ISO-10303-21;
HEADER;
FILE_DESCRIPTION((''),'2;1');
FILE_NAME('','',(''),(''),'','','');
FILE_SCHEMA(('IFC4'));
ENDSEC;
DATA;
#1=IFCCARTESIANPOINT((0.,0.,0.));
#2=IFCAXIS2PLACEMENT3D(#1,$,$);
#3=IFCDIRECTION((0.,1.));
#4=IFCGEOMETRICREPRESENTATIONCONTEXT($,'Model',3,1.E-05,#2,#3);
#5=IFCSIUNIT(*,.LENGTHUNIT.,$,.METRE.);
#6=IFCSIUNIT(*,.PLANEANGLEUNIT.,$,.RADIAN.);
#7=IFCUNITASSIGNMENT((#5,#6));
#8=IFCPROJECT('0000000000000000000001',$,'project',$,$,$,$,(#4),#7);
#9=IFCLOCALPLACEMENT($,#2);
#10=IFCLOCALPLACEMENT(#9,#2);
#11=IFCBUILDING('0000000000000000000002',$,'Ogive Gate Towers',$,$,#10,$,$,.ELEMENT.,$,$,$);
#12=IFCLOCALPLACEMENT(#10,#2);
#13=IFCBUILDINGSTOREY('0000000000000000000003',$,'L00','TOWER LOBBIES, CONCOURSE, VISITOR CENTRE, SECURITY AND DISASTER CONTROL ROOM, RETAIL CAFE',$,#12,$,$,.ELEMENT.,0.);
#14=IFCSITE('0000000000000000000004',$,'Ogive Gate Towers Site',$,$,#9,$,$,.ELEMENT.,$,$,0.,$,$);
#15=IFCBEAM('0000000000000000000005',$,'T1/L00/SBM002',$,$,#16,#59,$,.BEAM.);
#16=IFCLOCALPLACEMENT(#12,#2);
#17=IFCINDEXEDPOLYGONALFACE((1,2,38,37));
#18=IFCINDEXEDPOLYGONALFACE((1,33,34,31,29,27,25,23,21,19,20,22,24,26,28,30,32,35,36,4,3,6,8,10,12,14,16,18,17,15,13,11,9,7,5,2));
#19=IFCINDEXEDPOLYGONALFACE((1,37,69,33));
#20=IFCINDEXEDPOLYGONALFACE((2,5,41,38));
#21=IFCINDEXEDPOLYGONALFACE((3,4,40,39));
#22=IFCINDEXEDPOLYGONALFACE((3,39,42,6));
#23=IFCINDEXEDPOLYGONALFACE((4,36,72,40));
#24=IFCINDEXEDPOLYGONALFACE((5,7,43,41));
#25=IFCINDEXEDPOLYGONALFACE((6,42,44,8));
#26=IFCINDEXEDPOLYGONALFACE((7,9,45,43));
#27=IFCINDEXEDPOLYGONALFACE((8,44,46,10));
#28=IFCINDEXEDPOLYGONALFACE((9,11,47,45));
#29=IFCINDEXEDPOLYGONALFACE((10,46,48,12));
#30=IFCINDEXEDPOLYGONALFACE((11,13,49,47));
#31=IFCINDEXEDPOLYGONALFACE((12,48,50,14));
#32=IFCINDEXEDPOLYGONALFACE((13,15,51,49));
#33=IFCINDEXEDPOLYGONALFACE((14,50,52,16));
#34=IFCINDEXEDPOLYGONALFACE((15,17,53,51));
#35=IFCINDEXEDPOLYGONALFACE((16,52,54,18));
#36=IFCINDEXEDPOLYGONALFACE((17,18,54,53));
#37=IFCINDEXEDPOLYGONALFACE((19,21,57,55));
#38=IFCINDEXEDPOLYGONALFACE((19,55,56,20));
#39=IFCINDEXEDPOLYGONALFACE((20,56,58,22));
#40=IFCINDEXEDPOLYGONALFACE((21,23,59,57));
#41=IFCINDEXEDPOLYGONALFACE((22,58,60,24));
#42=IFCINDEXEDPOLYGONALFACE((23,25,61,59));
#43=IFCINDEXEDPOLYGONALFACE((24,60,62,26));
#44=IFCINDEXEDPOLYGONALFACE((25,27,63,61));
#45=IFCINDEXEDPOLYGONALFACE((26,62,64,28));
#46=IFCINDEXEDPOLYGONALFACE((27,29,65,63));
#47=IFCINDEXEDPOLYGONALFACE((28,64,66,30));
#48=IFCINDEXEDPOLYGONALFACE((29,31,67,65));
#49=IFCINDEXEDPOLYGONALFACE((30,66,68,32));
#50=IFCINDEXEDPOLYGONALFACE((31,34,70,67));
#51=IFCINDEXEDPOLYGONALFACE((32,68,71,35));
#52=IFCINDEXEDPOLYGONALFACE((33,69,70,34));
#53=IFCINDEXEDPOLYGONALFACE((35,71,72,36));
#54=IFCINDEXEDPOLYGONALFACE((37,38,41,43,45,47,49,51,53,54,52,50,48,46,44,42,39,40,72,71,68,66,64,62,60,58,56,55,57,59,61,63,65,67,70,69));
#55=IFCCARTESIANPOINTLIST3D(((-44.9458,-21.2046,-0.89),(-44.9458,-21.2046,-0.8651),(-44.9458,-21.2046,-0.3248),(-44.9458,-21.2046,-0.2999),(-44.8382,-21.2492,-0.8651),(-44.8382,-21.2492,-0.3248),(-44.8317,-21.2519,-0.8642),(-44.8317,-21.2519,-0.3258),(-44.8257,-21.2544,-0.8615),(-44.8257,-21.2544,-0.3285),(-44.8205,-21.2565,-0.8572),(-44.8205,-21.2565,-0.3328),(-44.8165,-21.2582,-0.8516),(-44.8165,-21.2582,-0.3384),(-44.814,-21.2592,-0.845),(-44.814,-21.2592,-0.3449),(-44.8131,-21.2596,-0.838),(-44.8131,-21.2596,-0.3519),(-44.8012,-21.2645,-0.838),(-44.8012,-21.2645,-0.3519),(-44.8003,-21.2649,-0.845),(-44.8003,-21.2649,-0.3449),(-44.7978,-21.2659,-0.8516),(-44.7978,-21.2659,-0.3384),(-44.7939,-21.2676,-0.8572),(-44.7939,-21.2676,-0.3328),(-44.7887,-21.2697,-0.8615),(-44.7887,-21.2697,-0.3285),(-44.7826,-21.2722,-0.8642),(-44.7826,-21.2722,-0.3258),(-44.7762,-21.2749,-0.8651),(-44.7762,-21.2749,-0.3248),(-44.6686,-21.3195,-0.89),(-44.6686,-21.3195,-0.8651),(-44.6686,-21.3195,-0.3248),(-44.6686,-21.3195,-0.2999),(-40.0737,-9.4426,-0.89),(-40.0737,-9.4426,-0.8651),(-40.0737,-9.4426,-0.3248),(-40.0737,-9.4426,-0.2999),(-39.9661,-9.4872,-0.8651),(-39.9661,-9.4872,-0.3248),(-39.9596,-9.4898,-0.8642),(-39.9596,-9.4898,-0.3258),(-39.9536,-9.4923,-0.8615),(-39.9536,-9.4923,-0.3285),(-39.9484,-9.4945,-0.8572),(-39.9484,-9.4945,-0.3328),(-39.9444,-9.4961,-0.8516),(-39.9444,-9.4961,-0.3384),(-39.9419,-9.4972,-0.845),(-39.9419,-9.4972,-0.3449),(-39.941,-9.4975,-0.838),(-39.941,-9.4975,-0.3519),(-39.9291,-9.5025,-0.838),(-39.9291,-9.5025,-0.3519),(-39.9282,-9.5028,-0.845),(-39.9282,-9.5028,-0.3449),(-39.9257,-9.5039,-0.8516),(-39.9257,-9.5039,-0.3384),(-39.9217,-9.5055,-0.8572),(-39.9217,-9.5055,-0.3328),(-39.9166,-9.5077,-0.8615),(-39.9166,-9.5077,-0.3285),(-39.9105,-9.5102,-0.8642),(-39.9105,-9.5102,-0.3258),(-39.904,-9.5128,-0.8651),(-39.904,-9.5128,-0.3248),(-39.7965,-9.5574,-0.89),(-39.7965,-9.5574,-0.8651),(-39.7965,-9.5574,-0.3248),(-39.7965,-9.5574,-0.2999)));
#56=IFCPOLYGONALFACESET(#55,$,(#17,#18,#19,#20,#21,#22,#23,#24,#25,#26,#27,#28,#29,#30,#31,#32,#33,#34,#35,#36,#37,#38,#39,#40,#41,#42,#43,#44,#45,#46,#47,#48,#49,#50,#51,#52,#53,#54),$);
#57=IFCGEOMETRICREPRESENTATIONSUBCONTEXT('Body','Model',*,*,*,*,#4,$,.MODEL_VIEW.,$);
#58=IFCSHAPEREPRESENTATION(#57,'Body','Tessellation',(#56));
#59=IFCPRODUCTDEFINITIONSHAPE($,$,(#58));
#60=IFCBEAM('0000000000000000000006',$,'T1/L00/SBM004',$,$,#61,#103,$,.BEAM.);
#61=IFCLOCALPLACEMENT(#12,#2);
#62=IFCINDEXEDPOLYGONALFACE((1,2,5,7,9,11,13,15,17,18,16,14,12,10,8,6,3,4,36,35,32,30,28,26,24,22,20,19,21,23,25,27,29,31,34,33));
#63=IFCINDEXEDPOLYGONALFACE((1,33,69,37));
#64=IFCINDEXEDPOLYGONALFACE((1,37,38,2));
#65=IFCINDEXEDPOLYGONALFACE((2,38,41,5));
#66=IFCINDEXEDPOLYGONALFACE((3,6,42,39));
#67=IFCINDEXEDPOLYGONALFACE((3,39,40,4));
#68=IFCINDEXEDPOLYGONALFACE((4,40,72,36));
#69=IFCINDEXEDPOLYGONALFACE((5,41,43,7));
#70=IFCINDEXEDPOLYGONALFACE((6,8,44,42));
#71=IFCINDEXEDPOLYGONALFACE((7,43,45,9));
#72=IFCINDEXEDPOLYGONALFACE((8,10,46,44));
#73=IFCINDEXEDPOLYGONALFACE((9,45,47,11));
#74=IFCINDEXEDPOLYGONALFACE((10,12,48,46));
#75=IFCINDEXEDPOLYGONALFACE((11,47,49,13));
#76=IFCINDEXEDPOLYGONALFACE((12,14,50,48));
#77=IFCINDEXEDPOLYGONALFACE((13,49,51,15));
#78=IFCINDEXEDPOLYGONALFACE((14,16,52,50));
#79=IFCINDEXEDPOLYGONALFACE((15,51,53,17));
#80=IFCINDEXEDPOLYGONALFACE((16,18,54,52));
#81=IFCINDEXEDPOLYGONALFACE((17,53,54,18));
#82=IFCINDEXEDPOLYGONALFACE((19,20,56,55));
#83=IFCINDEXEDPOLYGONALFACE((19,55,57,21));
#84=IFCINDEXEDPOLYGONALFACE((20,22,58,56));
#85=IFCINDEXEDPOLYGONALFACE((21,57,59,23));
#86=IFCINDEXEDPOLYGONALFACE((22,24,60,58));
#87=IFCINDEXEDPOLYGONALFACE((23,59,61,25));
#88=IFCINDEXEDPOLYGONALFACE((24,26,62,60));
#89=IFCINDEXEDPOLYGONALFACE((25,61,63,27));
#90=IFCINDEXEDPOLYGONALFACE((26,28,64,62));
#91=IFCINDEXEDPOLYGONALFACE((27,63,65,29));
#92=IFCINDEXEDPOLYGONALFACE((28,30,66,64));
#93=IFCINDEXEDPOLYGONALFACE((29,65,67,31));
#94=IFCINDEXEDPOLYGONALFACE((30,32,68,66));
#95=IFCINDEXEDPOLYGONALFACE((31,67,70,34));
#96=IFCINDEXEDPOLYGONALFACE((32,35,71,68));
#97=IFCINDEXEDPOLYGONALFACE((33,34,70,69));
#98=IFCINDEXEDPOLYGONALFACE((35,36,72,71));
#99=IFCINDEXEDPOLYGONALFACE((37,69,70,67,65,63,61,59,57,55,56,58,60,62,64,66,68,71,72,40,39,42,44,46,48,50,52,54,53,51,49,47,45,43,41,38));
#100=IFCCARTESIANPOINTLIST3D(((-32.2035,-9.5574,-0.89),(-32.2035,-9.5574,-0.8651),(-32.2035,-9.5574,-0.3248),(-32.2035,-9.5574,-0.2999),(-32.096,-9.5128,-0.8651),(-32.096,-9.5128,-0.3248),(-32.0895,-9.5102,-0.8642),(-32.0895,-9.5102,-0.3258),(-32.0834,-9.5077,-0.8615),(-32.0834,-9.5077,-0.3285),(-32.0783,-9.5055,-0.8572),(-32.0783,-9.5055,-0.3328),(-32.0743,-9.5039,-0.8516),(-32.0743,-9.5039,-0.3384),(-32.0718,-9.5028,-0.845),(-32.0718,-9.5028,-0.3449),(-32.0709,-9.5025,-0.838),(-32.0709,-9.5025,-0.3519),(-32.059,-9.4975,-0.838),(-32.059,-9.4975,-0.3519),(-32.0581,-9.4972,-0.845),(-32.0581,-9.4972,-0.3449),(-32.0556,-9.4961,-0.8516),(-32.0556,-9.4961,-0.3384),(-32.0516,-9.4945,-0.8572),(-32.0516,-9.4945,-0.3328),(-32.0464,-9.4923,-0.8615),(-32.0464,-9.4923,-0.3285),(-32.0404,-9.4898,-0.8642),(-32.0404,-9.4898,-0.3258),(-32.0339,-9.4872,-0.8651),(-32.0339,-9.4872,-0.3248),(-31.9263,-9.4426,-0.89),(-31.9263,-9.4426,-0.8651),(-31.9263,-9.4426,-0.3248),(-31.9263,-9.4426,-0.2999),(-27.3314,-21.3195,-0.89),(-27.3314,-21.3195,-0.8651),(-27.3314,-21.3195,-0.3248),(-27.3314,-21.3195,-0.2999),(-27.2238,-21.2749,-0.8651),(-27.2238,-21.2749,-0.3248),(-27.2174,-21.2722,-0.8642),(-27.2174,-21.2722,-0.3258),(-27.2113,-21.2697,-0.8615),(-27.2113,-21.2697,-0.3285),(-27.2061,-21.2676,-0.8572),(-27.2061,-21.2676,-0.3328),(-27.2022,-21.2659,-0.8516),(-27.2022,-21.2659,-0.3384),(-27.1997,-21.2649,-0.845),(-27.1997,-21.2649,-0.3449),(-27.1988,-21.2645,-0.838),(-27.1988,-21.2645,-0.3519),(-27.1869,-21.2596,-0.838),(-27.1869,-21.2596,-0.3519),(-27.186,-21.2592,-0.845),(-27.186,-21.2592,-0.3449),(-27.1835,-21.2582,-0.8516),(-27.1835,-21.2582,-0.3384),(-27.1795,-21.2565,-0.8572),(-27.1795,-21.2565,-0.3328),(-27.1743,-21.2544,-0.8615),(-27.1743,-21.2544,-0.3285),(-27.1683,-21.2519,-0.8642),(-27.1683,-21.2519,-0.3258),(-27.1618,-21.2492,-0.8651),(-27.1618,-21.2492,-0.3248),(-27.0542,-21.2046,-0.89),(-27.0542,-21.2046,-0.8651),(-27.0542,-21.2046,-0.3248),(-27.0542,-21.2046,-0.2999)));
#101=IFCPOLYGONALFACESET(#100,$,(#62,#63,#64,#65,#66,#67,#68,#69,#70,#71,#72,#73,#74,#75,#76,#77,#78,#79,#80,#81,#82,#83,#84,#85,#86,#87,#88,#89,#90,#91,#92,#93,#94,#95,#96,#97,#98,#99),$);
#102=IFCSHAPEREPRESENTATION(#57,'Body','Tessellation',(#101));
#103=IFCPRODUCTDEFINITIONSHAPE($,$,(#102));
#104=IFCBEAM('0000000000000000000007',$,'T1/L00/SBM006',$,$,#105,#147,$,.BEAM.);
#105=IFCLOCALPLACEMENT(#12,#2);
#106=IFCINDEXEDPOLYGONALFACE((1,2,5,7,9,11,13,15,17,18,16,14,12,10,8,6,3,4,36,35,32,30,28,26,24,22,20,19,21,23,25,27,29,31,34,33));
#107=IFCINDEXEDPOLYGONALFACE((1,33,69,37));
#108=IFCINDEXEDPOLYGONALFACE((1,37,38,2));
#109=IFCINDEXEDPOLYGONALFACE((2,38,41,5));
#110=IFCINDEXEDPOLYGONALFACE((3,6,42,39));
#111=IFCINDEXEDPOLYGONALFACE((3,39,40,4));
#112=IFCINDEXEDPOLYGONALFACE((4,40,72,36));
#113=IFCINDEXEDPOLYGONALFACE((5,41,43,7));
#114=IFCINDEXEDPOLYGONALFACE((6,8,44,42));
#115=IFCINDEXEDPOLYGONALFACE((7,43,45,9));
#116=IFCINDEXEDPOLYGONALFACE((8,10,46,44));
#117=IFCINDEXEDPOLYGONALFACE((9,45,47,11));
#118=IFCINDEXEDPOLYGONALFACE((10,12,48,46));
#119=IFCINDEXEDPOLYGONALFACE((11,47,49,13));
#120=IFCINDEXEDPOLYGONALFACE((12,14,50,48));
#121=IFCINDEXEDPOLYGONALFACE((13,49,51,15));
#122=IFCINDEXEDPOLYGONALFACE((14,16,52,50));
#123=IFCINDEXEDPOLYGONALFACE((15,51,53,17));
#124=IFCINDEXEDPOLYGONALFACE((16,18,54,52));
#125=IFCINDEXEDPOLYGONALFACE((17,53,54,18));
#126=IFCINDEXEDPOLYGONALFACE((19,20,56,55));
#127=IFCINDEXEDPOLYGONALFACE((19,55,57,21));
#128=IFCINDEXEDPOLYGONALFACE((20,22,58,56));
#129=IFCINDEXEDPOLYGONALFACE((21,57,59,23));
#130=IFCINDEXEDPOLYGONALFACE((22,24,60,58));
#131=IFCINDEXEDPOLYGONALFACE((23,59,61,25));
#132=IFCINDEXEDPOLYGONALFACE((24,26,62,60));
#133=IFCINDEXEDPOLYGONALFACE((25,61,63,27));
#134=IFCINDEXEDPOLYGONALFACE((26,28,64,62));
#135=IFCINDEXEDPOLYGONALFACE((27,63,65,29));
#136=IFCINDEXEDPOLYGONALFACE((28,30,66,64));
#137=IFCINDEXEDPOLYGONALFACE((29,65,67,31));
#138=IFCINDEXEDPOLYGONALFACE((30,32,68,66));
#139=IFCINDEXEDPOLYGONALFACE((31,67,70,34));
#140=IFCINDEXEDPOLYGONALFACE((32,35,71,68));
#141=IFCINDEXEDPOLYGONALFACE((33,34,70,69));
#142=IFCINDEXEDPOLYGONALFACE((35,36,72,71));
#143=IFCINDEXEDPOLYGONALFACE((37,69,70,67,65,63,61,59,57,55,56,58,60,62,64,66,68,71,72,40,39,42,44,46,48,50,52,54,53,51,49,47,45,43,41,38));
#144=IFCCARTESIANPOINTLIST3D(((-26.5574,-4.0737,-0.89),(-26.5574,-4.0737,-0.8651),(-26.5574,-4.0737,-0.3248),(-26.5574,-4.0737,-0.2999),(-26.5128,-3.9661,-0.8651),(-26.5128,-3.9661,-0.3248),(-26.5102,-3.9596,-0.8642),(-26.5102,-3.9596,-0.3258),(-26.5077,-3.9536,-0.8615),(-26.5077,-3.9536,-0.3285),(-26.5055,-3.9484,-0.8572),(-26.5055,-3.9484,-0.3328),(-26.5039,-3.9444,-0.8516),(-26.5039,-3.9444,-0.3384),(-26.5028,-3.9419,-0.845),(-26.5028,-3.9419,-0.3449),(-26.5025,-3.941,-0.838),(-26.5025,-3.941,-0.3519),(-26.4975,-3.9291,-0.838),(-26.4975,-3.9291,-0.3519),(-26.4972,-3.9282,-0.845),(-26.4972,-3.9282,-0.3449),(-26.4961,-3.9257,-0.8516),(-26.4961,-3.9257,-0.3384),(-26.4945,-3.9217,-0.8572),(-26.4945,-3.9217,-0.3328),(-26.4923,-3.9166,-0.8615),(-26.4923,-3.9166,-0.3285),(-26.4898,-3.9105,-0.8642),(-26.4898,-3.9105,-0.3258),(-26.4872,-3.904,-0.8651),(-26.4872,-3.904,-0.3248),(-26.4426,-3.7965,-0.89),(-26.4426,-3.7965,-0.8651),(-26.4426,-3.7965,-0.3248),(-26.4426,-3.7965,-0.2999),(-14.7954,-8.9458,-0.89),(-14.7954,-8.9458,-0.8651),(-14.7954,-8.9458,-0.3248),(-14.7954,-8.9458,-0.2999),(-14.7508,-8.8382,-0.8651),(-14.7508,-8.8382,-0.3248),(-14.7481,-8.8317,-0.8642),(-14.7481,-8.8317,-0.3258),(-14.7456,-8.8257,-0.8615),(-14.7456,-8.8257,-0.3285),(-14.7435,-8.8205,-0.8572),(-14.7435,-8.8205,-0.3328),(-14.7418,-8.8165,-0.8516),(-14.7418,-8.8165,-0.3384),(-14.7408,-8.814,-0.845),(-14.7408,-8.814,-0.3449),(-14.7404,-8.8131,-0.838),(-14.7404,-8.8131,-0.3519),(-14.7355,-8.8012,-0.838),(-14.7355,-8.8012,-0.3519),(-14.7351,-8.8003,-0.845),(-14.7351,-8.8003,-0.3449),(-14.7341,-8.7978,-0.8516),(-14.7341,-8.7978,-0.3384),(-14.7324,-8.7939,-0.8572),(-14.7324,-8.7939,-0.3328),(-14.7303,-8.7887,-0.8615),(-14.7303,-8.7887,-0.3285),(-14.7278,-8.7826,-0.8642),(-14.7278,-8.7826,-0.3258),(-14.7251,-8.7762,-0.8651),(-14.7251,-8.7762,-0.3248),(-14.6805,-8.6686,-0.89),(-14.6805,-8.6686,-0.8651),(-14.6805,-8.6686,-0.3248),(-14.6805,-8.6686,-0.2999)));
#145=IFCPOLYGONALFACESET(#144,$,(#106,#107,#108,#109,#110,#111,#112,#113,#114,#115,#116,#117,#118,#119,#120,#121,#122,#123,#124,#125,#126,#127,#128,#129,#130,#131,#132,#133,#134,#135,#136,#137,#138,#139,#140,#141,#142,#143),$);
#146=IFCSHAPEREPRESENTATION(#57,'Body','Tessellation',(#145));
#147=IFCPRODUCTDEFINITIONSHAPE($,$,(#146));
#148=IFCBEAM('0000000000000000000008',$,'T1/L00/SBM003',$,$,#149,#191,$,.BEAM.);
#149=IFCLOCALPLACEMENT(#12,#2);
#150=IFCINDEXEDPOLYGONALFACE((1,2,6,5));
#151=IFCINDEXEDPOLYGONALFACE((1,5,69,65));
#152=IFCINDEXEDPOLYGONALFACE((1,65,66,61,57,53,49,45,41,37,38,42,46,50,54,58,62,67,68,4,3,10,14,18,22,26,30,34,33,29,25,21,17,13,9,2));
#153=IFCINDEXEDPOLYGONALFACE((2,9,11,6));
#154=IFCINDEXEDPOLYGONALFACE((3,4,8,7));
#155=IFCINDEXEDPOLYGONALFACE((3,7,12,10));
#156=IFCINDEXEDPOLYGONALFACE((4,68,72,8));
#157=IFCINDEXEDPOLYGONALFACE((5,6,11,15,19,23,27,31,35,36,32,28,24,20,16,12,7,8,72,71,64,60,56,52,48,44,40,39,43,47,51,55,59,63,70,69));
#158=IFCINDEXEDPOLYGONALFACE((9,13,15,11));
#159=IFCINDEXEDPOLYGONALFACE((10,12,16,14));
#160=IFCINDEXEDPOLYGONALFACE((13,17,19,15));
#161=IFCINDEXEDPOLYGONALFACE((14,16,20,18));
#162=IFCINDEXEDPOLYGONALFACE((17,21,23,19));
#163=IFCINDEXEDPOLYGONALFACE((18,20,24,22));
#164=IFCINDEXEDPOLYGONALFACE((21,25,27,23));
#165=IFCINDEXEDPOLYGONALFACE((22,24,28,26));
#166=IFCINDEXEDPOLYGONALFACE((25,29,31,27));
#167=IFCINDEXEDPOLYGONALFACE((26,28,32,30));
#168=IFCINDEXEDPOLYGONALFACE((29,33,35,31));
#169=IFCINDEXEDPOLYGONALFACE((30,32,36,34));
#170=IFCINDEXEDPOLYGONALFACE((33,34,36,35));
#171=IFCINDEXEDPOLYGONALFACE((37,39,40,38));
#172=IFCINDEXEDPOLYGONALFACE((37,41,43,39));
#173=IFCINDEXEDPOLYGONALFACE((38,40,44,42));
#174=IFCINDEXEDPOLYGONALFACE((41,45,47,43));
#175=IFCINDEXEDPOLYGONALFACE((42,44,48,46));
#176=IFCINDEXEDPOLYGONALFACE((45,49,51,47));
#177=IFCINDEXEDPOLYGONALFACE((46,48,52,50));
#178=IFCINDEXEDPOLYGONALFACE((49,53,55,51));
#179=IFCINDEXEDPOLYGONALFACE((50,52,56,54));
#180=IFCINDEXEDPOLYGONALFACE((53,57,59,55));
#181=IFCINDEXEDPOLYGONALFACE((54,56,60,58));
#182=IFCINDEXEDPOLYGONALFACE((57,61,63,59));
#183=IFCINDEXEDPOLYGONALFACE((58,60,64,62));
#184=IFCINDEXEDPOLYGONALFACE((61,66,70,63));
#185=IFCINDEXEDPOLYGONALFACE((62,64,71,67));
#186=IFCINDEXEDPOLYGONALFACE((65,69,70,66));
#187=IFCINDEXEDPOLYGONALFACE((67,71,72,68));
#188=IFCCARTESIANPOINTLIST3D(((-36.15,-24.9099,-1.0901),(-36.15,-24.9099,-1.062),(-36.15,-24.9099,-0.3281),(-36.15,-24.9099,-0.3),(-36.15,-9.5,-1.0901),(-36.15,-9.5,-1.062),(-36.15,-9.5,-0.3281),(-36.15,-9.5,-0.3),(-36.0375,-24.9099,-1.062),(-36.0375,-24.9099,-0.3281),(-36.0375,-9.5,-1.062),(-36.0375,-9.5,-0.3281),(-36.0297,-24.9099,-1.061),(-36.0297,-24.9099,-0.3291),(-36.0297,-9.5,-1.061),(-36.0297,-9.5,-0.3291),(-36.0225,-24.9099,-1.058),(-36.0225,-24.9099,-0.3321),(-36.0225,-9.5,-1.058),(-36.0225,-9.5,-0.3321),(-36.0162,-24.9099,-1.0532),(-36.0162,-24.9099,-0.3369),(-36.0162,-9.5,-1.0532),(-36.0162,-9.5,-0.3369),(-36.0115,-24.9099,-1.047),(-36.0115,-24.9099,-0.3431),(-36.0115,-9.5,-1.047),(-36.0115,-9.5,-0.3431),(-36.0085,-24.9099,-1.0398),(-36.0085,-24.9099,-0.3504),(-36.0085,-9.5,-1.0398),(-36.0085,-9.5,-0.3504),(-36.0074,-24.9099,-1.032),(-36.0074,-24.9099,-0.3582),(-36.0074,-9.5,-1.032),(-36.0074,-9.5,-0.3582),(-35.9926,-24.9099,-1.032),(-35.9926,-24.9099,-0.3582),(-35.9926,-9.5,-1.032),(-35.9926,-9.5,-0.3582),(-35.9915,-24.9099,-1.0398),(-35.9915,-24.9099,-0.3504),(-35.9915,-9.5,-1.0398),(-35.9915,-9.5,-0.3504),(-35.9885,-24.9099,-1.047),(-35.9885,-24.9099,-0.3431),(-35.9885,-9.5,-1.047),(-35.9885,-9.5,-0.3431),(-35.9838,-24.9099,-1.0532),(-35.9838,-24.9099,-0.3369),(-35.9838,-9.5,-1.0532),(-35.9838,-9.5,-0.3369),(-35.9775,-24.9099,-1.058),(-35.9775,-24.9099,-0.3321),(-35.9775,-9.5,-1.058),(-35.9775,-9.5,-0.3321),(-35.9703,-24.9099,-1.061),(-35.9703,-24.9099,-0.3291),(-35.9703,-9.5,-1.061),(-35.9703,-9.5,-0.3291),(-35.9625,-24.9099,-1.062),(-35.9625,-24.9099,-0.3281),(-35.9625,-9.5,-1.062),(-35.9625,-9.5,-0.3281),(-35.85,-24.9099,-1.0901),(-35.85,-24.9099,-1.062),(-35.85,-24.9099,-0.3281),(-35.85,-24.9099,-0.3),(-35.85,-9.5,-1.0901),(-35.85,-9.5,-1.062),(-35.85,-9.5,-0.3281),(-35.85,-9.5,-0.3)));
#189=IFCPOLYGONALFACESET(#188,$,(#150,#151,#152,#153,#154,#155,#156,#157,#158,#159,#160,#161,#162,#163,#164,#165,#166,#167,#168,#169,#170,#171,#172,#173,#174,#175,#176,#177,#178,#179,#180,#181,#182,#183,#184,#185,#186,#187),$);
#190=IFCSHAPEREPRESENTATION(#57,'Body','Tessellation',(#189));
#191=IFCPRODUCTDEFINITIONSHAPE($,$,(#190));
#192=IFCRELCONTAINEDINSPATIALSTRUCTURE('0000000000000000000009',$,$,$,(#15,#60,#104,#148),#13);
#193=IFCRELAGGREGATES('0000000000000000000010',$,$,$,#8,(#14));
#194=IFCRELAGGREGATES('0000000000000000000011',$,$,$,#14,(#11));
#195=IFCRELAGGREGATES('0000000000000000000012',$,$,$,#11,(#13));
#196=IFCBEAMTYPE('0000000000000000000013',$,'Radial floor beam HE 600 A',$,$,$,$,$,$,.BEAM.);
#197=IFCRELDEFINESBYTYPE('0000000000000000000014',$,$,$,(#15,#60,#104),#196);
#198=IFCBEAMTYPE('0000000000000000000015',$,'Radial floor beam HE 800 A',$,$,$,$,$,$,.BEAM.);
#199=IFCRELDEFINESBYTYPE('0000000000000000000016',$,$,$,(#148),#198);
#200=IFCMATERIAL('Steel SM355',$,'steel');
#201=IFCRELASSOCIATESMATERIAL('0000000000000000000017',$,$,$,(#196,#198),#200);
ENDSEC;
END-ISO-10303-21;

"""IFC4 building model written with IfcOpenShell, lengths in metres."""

from ifc_helpers import new_model, si_unit, direction, frame, origin, origin_2d, place, context, subcontext, project, spatial, i_section, extrude, material, material_profile, profile_set, type_object, element, save


model = new_model("IFC4")

# Units and contexts
model_context = context("Model", 3, precision=1e-05, world=origin(), true_north=direction((0.0, 1.0)))
body_context = subcontext(model_context, "Body", "Model", "MODEL_VIEW")
ifc_project = project(units=[si_unit("LENGTHUNIT", "METRE"), si_unit("PLANEANGLEUNIT", "RADIAN")], contexts=[model_context])

# Site, building, storey
site_placement = place(None, origin())
site = spatial("IfcSite", under=ifc_project, at=site_placement, Name="Ogive Gate Towers Site", CompositionType="ELEMENT", RefElevation=0.0)
building_placement = place(site_placement, origin())
building = spatial("IfcBuilding", under=site, at=building_placement, Name="Ogive Gate Towers", CompositionType="ELEMENT")
storey_placement = place(building_placement, origin())
storey = spatial("IfcBuildingStorey", under=building, at=storey_placement, Name="L00", Description="TOWER LOBBIES, CONCOURSE, VISITOR CENTRE, SECURITY AND DISASTER CONTROL ROOM, RETAIL CAFE", CompositionType="ELEMENT", Elevation=0.0)

# Beams
ifc_material_1 = material(Name="Steel SM355", Category="steel")
ifc_material_profile_1 = material_profile(ifc_material_1, i_section(OverallWidth=0.3, OverallDepth=0.5901, WebThickness=0.0129, FlangeThickness=0.0249, FilletRadius=0.0271, at=origin_2d()), Name="HE 600 A")
ifc_profile_set_1 = profile_set([ifc_material_profile_1], Name="Steel SM355")
beam_type_1 = type_object("IfcBeamType", Name="Radial floor beam HE 600 A", PredefinedType="BEAM", material=ifc_profile_set_1)
for number, where, z_axis, x_axis, name in (
    (1, (-39.9351, -9.5, -0.595), (-0.382691, -0.923877, 0.0), (0.923877, -0.382691, 0.0), "T1/L00/SBM002"),
    (2, (-32.0649, -9.5, -0.595), (0.382691, -0.923877, 0.0), (0.923877, 0.382691, 0.0), "T1/L00/SBM004"),
    (3, (-26.5, -3.9351, -0.595), (0.923877, -0.382691, 0.0), (0.382691, 0.923877, 0.0), "T1/L00/SBM006"),
):
    element("IfcBeam", number, at=place(storey_placement, frame(where, z_axis=z_axis, x_axis=x_axis)), inside=storey, type_object=beam_type_1, Name=name, PredefinedType="BEAM", context=body_context, shape_type="SweptSolid", body=[
        extrude(i_section(OverallWidth=0.3, OverallDepth=0.5901, WebThickness=0.0129, FlangeThickness=0.0249, FilletRadius=0.0271, at=origin_2d()), origin(), (0.0, 0.0, 1.0), 12.7312),
    ])
ifc_material_profile_2 = material_profile(ifc_material_1, i_section(OverallWidth=0.3, OverallDepth=0.79, WebThickness=0.0149, FlangeThickness=0.0281, FilletRadius=0.03, at=origin_2d()), Name="HE 800 A")
ifc_profile_set_2 = profile_set([ifc_material_profile_2], Name="Steel SM355")
beam_type_2 = type_object("IfcBeamType", Name="Radial floor beam HE 800 A", PredefinedType="BEAM", material=ifc_profile_set_2)
for number, where, z_axis, x_axis, name in (
    (4, (-36.0, -9.5, -0.6951), (0.0, -1.0, 0.0), (1.0, 0.0, 0.0), "T1/L00/SBM003"),
):
    element("IfcBeam", number, at=place(storey_placement, frame(where, z_axis=z_axis, x_axis=x_axis)), inside=storey, type_object=beam_type_2, Name=name, PredefinedType="BEAM", context=body_context, shape_type="SweptSolid", body=[
        extrude(i_section(OverallWidth=0.3, OverallDepth=0.79, WebThickness=0.0149, FlangeThickness=0.0281, FilletRadius=0.03, at=origin_2d()), origin(), (0.0, 0.0, 1.0), 15.4099),
    ])

save(model, "model.ifc")
